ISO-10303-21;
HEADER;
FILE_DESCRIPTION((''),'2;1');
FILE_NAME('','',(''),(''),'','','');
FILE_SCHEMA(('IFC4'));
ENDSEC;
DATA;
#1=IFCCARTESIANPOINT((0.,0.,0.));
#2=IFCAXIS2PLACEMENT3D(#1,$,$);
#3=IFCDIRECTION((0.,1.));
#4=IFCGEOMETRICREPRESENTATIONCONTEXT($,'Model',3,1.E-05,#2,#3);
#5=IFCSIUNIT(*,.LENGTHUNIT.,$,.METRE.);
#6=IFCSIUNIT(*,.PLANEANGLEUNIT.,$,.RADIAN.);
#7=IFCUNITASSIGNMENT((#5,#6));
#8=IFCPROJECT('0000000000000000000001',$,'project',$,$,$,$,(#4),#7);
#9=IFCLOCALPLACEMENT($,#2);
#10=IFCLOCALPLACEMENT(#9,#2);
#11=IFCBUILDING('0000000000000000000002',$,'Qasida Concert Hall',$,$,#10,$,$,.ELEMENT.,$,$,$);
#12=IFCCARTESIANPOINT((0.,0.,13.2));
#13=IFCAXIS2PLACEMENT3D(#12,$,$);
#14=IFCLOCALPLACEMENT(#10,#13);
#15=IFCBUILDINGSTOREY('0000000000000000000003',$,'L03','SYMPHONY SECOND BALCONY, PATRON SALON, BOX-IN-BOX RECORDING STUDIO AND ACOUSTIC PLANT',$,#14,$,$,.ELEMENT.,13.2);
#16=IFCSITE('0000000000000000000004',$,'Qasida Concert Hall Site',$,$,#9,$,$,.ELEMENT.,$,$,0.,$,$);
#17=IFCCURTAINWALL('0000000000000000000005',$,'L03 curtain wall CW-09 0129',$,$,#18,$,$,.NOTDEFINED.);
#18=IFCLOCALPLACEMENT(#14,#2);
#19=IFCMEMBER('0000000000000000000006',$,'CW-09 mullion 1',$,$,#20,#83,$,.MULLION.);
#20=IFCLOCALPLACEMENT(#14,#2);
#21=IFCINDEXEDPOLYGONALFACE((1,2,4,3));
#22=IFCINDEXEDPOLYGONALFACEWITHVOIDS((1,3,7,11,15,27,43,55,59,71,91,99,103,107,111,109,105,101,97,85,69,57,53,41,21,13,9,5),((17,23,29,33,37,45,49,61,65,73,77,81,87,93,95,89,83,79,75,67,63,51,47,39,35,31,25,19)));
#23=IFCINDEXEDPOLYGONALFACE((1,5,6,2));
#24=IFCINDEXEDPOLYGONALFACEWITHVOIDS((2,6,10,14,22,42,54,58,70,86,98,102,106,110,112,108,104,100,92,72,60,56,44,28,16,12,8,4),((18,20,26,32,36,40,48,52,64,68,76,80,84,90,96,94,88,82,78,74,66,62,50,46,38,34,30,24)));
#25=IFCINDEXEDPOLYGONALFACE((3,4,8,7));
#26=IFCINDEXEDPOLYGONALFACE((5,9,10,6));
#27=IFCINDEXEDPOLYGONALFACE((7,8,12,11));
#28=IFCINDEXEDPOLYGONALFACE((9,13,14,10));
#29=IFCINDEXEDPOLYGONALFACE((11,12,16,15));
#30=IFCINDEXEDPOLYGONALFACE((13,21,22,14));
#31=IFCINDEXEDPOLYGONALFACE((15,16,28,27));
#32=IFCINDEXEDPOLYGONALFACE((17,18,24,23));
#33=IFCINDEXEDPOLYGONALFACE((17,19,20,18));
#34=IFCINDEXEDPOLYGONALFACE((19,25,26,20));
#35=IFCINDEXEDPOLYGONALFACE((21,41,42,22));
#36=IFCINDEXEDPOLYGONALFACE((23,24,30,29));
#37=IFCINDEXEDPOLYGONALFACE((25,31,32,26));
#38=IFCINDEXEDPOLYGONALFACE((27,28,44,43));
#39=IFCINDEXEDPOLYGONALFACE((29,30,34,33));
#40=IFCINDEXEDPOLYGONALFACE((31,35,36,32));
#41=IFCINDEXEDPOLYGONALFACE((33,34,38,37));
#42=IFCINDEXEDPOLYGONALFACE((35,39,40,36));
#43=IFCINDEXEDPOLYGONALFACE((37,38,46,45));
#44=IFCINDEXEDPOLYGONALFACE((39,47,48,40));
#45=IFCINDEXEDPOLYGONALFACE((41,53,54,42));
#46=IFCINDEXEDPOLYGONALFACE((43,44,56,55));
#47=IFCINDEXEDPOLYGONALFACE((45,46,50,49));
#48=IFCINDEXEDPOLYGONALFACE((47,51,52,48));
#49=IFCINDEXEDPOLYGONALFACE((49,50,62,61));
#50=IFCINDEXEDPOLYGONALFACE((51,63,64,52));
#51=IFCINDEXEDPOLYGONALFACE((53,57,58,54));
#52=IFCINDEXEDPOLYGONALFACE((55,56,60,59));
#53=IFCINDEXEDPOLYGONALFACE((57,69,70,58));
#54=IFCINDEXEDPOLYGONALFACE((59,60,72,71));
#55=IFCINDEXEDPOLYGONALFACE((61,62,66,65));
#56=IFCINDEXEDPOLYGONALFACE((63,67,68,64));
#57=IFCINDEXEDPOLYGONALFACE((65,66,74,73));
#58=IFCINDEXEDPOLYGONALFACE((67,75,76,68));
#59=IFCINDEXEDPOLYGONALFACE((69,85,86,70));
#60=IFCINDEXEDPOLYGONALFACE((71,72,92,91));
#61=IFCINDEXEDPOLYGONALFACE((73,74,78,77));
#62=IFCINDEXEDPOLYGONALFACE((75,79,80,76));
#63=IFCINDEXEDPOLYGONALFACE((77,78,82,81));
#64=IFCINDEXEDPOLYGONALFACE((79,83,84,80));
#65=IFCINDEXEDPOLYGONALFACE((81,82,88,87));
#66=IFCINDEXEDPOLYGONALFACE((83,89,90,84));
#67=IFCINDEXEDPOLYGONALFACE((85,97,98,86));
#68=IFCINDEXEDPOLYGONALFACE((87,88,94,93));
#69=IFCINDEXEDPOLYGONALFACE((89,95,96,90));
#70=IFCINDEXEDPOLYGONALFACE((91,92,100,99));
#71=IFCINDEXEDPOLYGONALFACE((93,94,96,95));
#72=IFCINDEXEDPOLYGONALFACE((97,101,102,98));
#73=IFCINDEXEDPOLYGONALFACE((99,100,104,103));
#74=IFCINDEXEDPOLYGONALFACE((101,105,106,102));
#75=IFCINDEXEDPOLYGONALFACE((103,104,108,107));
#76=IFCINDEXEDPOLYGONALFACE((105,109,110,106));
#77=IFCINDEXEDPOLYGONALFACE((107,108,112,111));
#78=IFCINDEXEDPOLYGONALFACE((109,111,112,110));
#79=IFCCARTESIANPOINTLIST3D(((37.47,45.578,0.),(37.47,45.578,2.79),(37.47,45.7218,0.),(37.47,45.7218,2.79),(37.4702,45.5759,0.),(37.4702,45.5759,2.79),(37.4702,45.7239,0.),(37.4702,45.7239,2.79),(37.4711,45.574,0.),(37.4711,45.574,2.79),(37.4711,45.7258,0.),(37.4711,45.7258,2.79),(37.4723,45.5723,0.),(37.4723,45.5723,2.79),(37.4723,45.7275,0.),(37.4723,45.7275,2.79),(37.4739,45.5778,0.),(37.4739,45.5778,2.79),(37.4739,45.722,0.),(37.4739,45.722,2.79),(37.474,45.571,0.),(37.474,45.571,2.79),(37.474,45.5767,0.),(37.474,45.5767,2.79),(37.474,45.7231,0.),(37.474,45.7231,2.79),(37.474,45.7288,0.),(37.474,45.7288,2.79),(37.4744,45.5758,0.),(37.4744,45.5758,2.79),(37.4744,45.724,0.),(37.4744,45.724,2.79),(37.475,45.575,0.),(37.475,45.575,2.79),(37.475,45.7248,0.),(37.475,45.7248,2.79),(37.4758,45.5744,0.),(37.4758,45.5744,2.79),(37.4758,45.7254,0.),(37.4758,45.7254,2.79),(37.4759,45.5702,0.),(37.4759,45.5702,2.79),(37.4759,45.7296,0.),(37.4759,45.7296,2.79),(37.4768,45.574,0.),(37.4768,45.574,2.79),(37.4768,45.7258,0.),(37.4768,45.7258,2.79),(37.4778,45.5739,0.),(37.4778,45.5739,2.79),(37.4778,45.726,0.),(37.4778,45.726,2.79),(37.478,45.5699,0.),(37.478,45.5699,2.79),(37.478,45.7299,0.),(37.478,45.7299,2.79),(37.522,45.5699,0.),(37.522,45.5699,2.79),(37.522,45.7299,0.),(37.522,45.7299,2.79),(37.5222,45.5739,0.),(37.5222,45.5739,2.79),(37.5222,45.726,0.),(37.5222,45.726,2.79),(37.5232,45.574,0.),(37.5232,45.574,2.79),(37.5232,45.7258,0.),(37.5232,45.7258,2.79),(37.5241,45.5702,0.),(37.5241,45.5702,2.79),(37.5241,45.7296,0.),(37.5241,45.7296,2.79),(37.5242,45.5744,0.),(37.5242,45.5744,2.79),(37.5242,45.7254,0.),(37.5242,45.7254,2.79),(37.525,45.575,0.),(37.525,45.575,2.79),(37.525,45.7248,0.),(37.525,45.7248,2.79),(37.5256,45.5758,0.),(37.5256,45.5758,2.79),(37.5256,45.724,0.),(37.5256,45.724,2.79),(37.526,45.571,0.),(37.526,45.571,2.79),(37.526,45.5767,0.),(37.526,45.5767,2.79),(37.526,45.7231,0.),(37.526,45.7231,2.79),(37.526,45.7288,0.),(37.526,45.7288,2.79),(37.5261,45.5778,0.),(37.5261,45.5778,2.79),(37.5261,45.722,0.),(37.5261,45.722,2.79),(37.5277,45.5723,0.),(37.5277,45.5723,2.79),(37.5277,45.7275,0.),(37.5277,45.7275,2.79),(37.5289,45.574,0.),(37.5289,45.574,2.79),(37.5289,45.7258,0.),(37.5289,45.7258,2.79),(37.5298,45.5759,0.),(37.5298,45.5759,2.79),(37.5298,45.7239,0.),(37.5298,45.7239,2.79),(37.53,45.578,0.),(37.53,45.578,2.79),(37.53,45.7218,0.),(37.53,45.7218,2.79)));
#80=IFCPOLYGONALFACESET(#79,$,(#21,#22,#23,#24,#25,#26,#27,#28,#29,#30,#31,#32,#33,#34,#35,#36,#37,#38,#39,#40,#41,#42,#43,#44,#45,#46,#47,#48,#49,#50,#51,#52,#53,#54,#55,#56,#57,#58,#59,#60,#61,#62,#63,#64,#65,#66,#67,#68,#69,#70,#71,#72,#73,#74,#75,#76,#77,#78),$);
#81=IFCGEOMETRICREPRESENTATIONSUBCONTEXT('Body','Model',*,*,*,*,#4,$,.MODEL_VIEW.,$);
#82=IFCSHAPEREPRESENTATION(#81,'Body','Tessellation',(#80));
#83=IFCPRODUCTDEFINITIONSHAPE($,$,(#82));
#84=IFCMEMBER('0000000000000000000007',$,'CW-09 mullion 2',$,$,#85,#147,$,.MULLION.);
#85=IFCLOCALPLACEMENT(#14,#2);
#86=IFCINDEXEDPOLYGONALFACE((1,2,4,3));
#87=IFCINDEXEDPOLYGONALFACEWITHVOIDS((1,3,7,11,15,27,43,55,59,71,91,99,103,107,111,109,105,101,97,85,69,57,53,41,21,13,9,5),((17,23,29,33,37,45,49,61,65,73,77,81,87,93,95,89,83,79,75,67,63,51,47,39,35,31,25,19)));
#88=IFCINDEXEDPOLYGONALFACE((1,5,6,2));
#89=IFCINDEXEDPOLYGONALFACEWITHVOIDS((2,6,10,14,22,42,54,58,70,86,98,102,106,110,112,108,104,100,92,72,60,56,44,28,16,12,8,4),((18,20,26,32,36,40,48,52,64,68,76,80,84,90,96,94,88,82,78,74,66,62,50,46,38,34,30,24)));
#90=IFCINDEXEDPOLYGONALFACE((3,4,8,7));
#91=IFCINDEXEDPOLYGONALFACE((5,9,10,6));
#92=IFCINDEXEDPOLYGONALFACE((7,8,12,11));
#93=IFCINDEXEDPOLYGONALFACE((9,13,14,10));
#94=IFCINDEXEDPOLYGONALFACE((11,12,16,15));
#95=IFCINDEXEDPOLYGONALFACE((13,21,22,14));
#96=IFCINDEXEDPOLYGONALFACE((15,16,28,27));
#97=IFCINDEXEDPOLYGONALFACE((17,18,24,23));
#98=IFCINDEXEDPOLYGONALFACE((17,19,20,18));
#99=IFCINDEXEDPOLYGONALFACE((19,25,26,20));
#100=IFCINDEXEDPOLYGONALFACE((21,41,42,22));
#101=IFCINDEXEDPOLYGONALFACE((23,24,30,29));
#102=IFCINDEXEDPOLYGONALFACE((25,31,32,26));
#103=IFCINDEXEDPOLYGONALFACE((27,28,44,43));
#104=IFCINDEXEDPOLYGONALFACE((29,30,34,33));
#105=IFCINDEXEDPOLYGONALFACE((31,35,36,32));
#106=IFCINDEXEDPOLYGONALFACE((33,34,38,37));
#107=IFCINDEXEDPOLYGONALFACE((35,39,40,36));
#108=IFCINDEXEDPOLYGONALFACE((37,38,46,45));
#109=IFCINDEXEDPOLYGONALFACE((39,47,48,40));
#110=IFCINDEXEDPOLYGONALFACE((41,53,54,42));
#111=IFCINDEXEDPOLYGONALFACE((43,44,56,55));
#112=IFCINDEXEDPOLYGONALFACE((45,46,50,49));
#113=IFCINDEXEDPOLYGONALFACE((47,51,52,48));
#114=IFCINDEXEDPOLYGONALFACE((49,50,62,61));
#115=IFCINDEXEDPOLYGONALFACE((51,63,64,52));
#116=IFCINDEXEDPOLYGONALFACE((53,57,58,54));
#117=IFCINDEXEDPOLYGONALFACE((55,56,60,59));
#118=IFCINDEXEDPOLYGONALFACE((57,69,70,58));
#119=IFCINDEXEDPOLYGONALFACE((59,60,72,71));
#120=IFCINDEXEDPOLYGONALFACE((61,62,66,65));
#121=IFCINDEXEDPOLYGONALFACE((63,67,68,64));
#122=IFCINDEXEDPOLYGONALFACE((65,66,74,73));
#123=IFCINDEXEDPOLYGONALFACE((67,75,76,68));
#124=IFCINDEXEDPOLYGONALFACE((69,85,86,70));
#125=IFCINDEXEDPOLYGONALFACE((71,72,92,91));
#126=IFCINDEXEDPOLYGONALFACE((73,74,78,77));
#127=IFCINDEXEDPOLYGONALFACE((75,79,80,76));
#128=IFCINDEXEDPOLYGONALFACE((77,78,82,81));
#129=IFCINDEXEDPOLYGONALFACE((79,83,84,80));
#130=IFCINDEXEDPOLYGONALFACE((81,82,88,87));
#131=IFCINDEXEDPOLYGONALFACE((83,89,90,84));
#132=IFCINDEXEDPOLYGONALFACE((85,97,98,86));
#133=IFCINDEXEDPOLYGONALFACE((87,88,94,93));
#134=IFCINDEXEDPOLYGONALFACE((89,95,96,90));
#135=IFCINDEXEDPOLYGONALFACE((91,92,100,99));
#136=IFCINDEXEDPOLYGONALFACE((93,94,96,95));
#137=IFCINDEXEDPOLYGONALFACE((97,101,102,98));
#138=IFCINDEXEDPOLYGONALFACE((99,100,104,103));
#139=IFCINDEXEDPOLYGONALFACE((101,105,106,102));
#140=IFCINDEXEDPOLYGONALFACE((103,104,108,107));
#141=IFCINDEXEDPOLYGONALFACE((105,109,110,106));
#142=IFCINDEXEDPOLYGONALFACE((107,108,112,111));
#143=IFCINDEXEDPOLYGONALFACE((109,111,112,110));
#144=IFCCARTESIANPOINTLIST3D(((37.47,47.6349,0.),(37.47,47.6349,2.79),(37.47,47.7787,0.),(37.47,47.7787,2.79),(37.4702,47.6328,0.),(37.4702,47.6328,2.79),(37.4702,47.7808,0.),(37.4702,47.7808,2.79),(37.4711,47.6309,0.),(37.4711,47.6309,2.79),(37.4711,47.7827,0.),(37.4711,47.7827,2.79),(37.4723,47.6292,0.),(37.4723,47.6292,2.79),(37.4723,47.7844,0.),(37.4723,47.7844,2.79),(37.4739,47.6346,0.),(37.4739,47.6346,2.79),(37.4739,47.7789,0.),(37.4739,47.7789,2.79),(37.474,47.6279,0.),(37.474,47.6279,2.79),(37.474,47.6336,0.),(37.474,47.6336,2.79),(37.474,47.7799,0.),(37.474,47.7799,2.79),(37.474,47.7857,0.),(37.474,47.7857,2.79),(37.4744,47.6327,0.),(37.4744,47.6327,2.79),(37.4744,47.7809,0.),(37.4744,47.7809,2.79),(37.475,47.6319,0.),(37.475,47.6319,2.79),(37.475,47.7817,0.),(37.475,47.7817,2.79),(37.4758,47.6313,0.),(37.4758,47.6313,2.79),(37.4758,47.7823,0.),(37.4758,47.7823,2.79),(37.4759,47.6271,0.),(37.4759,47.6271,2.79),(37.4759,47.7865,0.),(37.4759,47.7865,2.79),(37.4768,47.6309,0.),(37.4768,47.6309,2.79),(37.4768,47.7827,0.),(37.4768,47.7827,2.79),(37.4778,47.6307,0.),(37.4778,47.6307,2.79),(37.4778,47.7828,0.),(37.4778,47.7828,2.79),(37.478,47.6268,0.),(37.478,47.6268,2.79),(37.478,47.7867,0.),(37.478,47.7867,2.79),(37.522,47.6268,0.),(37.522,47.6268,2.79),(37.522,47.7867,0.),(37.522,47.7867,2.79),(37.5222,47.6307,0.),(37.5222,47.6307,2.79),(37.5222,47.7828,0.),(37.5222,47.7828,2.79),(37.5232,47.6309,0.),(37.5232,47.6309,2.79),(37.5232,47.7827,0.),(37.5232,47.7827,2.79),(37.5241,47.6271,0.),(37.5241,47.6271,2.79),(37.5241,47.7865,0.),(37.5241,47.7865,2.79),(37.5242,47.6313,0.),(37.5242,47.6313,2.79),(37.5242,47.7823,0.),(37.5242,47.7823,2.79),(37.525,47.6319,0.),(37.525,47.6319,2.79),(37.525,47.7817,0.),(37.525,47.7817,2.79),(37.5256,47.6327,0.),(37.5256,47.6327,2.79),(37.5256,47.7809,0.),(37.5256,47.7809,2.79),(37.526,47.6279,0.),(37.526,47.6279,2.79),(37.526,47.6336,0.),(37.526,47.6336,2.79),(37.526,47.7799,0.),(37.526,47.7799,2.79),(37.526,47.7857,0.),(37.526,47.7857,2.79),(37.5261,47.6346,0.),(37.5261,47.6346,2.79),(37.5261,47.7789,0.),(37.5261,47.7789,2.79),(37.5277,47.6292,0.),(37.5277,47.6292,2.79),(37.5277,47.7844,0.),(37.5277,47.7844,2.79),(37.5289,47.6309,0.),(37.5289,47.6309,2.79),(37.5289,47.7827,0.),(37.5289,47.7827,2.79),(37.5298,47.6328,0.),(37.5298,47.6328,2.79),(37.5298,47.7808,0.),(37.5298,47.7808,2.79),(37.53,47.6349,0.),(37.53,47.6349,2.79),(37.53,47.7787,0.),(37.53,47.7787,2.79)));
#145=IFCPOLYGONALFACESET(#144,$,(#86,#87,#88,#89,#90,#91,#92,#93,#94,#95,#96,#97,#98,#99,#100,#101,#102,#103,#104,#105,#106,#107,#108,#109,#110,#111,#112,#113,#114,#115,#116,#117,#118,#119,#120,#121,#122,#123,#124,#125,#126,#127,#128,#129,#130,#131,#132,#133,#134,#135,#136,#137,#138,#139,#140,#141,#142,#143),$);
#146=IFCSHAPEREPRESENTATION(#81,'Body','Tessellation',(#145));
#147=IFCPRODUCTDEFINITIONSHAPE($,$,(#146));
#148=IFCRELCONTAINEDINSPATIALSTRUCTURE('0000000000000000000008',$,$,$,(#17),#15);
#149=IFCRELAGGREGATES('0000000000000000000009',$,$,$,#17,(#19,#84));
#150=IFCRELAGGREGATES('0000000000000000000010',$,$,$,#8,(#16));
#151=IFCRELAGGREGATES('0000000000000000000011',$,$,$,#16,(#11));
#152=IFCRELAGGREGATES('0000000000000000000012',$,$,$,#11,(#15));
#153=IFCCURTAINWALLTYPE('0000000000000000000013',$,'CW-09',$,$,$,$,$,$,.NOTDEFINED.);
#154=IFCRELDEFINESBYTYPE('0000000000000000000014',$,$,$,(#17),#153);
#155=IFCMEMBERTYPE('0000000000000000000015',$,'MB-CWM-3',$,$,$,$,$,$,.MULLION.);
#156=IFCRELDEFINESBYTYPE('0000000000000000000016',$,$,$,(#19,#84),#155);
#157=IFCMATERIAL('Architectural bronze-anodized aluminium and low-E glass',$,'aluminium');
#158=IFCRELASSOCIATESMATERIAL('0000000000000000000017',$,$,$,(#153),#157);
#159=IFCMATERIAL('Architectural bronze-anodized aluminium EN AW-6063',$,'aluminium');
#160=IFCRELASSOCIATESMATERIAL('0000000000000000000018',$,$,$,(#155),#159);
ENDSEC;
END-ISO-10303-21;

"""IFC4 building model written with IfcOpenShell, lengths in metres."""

from ifc_helpers import new_model, si_unit, direction, frame, origin, origin_2d, place, context, subcontext, project, spatial, hollow_rectangle, extrude, material, material_profile, profile_set, type_object, element, aggregate, save


model = new_model("IFC4")

# Units and contexts
model_context = context("Model", 3, precision=1e-05, world=origin(), true_north=direction((0.0, 1.0)))
body_context = subcontext(model_context, "Body", "Model", "MODEL_VIEW")
ifc_project = project(units=[si_unit("LENGTHUNIT", "METRE"), si_unit("PLANEANGLEUNIT", "RADIAN")], contexts=[model_context])

# Site, building, storey
site_placement = place(None, origin())
site = spatial("IfcSite", under=ifc_project, at=site_placement, Name="Qasida Concert Hall Site", CompositionType="ELEMENT", RefElevation=0.0)
building_placement = place(site_placement, origin())
building = spatial("IfcBuilding", under=site, at=building_placement, Name="Qasida Concert Hall", CompositionType="ELEMENT")
storey_placement = place(building_placement, frame((0.0, 0.0, 13.2)))
storey = spatial("IfcBuildingStorey", under=building, at=storey_placement, Name="L03", Description="SYMPHONY SECOND BALCONY, PATRON SALON, BOX-IN-BOX RECORDING STUDIO AND ACOUSTIC PLANT", CompositionType="ELEMENT", Elevation=13.2)

# Shared definitions
ifc_material_1 = material(Name="Architectural bronze-anodized aluminium and low-E glass", Category="aluminium")
curtain_wall_type = type_object("IfcCurtainWallType", Name="CW-09", PredefinedType="NOTDEFINED", material=ifc_material_1)
ifc_material_2 = material(Name="Architectural bronze-anodized aluminium EN AW-6063", Category="aluminium")
ifc_material_profile_1 = material_profile(ifc_material_2, hollow_rectangle(XDim=0.0601, YDim=0.1599, WallThickness=0.0039, InnerFilletRadius=0.0039, OuterFilletRadius=0.0081, at=origin_2d()), Name="CWM 160x60x4")
ifc_profile_set_1 = profile_set([ifc_material_profile_1], Name="Architectural bronze-anodized aluminium EN AW-6063")
member_type_1 = type_object("IfcMemberType", Name="MB-CWM-3", PredefinedType="MULLION", material=ifc_profile_set_1)

# Curtain wall, members
curtain_wall_1_placement = place(storey_placement, origin())
curtain_wall_1 = element("IfcCurtainWall", 1, at=curtain_wall_1_placement, inside=storey, type_object=curtain_wall_type, Name="L03 curtain wall CW-09 0129", PredefinedType="NOTDEFINED")
member_1_placement = place(storey_placement, frame((37.5, 45.6499, 0.0), z_axis=(0.0, 0.0, 1.0), x_axis=(-1.0, 0.0, 0.0)))
member_1 = element("IfcMember", 2, at=member_1_placement, type_object=member_type_1, Name="CW-09 mullion 1", PredefinedType="MULLION", context=body_context, shape_type="SweptSolid", body=[
    extrude(hollow_rectangle(XDim=0.0601, YDim=0.1599, WallThickness=0.0039, InnerFilletRadius=0.0039, OuterFilletRadius=0.0081, at=origin_2d()), origin(), (0.0, 0.0, 1.0), 2.79),
])
member_2_placement = place(storey_placement, frame((37.5, 47.7068, 0.0), z_axis=(0.0, 0.0, 1.0), x_axis=(-1.0, 0.0, 0.0)))
member_2 = element("IfcMember", 3, at=member_2_placement, type_object=member_type_1, Name="CW-09 mullion 2", PredefinedType="MULLION", context=body_context, shape_type="SweptSolid", body=[
    extrude(hollow_rectangle(XDim=0.0601, YDim=0.1599, WallThickness=0.0039, InnerFilletRadius=0.0039, OuterFilletRadius=0.0081, at=origin_2d()), origin(), (0.0, 0.0, 1.0), 2.79),
])

aggregate(curtain_wall_1, [member_1, member_2])

save(model, "model.ifc")
